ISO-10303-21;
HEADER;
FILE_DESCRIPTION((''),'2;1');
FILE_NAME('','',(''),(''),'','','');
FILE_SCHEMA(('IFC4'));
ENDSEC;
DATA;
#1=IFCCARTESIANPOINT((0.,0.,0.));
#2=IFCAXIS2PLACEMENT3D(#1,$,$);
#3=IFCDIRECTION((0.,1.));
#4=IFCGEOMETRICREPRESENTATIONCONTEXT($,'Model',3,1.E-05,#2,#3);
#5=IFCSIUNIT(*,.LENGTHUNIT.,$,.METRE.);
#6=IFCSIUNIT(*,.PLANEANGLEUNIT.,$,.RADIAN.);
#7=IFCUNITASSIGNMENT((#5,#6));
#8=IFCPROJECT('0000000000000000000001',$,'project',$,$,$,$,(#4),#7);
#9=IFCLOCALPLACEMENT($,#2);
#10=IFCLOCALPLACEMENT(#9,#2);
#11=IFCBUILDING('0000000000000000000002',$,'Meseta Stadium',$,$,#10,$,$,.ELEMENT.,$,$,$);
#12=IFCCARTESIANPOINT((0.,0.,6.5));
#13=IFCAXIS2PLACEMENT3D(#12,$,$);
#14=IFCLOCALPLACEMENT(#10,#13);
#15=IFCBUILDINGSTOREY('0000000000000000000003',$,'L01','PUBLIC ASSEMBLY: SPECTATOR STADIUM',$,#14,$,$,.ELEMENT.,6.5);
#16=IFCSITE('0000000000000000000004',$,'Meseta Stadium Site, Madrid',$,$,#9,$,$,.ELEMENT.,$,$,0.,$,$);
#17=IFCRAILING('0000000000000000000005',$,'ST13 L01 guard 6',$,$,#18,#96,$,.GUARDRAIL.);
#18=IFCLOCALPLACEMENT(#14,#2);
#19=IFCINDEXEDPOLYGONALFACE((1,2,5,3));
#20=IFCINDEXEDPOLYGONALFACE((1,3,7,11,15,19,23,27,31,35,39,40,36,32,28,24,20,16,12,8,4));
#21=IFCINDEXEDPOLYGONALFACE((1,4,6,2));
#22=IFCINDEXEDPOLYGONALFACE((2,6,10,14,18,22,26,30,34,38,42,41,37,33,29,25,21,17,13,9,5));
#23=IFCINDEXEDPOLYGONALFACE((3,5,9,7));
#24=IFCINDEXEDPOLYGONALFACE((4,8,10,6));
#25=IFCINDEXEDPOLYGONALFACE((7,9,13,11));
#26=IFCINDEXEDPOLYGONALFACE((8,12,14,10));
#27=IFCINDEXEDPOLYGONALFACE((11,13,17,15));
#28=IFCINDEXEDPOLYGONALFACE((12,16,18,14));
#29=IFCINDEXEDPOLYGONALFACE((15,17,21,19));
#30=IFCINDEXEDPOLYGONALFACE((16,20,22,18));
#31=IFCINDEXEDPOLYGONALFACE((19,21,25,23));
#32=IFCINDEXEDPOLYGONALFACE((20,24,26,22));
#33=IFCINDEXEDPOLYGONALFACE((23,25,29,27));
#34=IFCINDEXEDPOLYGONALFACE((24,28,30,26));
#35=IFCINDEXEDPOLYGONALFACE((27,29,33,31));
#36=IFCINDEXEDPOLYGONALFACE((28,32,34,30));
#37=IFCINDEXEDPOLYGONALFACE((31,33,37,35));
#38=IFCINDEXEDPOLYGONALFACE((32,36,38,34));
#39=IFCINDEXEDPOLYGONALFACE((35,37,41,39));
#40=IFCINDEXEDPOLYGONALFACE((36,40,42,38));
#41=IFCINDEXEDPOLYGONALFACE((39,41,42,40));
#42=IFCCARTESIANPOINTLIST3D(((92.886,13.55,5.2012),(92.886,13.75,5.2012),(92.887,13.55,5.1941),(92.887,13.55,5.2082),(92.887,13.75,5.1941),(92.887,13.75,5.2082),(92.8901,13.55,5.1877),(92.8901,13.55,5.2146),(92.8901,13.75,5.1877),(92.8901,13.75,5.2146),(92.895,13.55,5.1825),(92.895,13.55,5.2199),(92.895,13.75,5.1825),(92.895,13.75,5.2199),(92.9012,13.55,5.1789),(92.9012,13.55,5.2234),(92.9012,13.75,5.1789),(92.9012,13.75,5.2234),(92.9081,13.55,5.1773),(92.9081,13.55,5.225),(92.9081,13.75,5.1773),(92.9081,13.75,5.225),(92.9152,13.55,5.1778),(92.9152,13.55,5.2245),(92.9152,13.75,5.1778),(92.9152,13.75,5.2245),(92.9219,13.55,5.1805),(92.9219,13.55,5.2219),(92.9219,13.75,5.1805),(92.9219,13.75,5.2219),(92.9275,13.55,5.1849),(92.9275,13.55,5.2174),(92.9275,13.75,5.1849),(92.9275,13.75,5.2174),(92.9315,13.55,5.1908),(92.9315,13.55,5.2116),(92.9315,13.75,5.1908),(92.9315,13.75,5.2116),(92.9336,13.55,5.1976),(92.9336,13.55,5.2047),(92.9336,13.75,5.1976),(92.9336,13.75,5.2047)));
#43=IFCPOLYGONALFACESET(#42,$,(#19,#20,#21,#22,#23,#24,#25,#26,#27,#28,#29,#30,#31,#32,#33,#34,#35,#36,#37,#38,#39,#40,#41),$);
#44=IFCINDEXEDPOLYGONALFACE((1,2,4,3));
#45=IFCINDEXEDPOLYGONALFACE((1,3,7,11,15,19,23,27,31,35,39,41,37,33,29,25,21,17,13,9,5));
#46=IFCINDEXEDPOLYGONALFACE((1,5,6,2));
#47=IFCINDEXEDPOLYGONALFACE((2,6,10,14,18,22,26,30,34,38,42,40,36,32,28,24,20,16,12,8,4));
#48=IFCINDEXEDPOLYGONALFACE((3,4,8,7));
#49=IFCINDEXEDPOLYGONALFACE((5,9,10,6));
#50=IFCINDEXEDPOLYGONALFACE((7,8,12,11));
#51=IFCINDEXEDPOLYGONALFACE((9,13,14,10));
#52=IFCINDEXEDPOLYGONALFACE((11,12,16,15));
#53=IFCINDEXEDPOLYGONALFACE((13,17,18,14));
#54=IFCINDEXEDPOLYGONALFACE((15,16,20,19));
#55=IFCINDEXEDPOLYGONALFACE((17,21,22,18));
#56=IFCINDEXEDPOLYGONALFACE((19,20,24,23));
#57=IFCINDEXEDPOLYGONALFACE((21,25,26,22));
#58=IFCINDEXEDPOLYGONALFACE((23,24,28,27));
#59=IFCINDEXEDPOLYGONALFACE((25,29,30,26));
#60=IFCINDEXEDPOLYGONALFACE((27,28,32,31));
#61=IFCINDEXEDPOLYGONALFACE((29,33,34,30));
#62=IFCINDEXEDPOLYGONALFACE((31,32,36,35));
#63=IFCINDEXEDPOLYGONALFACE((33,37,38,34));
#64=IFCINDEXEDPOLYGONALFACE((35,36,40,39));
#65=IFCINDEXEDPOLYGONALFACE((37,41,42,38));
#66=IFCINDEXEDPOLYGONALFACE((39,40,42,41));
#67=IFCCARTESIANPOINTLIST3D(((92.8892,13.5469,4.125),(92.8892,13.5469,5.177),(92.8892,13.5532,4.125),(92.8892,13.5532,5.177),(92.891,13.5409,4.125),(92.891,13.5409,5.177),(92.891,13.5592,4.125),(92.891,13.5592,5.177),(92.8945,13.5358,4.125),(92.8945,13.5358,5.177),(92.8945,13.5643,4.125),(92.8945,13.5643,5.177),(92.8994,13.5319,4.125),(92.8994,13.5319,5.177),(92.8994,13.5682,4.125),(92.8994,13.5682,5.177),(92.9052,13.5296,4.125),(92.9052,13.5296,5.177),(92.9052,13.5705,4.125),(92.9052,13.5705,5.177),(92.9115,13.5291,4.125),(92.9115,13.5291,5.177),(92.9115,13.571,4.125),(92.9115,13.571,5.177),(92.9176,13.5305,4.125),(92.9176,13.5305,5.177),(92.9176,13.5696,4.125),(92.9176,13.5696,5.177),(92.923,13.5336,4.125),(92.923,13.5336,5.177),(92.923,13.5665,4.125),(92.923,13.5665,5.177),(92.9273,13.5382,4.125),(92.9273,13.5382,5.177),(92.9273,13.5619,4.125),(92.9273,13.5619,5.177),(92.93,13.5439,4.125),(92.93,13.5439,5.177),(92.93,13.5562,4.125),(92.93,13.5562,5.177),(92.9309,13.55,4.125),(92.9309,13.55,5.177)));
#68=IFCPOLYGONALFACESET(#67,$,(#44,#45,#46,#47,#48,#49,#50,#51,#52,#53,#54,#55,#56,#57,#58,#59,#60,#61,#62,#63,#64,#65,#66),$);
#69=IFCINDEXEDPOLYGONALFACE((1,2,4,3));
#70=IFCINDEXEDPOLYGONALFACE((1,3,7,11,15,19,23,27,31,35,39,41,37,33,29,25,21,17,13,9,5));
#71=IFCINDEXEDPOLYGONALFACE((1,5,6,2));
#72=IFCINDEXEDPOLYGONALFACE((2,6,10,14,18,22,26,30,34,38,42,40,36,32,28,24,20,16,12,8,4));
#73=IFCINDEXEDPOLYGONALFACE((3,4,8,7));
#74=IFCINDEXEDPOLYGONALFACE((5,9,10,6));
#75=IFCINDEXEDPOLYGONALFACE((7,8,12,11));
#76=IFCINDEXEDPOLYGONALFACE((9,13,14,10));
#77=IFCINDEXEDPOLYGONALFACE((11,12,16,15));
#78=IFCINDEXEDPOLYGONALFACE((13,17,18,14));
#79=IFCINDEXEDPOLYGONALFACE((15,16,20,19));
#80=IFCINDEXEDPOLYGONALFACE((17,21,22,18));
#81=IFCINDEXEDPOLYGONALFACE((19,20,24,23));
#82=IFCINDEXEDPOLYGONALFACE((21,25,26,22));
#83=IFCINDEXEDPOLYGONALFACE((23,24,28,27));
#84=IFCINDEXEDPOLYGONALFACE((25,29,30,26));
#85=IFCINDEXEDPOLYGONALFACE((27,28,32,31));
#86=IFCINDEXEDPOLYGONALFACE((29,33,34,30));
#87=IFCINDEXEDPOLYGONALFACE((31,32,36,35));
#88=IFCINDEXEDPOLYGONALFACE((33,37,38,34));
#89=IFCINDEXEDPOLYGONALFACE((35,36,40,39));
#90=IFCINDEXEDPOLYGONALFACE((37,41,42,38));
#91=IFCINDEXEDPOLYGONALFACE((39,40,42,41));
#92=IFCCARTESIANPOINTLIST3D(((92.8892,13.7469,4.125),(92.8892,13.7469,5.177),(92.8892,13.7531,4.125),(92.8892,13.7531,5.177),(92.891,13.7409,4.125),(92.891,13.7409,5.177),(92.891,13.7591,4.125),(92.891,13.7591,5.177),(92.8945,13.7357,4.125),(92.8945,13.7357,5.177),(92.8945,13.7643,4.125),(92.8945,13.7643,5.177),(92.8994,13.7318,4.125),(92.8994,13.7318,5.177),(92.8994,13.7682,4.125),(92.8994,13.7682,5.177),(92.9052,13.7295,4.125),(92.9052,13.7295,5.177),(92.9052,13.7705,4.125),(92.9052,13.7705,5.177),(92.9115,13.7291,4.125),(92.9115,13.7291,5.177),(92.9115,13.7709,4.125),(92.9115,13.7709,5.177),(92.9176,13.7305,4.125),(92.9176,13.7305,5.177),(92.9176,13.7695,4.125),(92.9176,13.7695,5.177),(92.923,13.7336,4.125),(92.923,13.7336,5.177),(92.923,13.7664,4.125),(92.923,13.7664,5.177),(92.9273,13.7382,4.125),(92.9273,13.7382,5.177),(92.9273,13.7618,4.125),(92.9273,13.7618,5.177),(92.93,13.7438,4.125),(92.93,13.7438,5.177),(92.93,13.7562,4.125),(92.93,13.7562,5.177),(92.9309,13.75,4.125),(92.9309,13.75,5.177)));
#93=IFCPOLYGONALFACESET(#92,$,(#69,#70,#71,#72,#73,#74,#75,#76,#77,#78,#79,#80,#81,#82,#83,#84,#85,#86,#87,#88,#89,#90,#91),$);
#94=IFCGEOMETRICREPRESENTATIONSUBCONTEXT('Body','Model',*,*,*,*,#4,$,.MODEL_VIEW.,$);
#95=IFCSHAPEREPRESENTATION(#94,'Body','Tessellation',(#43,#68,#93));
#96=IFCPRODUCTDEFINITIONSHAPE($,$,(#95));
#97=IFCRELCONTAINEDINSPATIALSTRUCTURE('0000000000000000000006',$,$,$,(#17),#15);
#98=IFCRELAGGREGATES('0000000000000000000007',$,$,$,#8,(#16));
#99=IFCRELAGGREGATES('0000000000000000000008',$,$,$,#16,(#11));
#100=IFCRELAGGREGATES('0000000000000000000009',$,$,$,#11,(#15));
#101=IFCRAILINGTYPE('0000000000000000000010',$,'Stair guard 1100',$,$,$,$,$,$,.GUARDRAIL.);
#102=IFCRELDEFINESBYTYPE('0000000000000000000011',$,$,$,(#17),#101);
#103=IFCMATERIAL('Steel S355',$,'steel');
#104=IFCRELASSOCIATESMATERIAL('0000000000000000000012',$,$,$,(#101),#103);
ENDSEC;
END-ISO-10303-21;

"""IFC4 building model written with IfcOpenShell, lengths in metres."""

from ifc_helpers import new_model, si_unit, direction, frame, origin, origin_2d, place, context, subcontext, project, spatial, circle, extrude, material, type_object, element, save


model = new_model("IFC4")

# Units and contexts
model_context = context("Model", 3, precision=1e-05, world=origin(), true_north=direction((0.0, 1.0)))
body_context = subcontext(model_context, "Body", "Model", "MODEL_VIEW")
ifc_project = project(units=[si_unit("LENGTHUNIT", "METRE"), si_unit("PLANEANGLEUNIT", "RADIAN")], contexts=[model_context])

# Site, building, storey
site_placement = place(None, origin())
site = spatial("IfcSite", under=ifc_project, at=site_placement, Name="Meseta Stadium Site, Madrid", CompositionType="ELEMENT", RefElevation=0.0)
building_placement = place(site_placement, origin())
building = spatial("IfcBuilding", under=site, at=building_placement, Name="Meseta Stadium", CompositionType="ELEMENT")
storey_placement = place(building_placement, frame((0.0, 0.0, 6.5)))
storey = spatial("IfcBuildingStorey", under=building, at=storey_placement, Name="L01", Description="PUBLIC ASSEMBLY: SPECTATOR STADIUM", CompositionType="ELEMENT", Elevation=6.5)

# Railing
ifc_material_1 = material(Name="Steel S355", Category="steel")
railing_type_1 = type_object("IfcRailingType", Name="Stair guard 1100", PredefinedType="GUARDRAIL", material=ifc_material_1)
railing_1_placement = place(storey_placement, frame((92.9099, 13.55, 4.125)))
element("IfcRailing", 1, at=railing_1_placement, inside=storey, type_object=railing_type_1, Name="ST13 L01 guard 6", PredefinedType="GUARDRAIL", context=body_context, shape_type="SweptSolid", body=[
    extrude(circle(Radius=0.0239, at=origin_2d()), frame((0.0, 0.0, 1.0762), z_axis=(0.0, 1.0, 0.0), x_axis=(-1.0, 0.0, 0.0)), (0.0, 0.0, 1.0), 0.2),
    extrude(circle(Radius=0.021, at=origin_2d()), origin(), (0.0, 0.0, 1.0), 1.052),
    extrude(circle(Radius=0.021, at=origin_2d()), frame((0.0, 0.2, 0.0)), (0.0, 0.0, 1.0), 1.052),
])

save(model, "model.ifc")
